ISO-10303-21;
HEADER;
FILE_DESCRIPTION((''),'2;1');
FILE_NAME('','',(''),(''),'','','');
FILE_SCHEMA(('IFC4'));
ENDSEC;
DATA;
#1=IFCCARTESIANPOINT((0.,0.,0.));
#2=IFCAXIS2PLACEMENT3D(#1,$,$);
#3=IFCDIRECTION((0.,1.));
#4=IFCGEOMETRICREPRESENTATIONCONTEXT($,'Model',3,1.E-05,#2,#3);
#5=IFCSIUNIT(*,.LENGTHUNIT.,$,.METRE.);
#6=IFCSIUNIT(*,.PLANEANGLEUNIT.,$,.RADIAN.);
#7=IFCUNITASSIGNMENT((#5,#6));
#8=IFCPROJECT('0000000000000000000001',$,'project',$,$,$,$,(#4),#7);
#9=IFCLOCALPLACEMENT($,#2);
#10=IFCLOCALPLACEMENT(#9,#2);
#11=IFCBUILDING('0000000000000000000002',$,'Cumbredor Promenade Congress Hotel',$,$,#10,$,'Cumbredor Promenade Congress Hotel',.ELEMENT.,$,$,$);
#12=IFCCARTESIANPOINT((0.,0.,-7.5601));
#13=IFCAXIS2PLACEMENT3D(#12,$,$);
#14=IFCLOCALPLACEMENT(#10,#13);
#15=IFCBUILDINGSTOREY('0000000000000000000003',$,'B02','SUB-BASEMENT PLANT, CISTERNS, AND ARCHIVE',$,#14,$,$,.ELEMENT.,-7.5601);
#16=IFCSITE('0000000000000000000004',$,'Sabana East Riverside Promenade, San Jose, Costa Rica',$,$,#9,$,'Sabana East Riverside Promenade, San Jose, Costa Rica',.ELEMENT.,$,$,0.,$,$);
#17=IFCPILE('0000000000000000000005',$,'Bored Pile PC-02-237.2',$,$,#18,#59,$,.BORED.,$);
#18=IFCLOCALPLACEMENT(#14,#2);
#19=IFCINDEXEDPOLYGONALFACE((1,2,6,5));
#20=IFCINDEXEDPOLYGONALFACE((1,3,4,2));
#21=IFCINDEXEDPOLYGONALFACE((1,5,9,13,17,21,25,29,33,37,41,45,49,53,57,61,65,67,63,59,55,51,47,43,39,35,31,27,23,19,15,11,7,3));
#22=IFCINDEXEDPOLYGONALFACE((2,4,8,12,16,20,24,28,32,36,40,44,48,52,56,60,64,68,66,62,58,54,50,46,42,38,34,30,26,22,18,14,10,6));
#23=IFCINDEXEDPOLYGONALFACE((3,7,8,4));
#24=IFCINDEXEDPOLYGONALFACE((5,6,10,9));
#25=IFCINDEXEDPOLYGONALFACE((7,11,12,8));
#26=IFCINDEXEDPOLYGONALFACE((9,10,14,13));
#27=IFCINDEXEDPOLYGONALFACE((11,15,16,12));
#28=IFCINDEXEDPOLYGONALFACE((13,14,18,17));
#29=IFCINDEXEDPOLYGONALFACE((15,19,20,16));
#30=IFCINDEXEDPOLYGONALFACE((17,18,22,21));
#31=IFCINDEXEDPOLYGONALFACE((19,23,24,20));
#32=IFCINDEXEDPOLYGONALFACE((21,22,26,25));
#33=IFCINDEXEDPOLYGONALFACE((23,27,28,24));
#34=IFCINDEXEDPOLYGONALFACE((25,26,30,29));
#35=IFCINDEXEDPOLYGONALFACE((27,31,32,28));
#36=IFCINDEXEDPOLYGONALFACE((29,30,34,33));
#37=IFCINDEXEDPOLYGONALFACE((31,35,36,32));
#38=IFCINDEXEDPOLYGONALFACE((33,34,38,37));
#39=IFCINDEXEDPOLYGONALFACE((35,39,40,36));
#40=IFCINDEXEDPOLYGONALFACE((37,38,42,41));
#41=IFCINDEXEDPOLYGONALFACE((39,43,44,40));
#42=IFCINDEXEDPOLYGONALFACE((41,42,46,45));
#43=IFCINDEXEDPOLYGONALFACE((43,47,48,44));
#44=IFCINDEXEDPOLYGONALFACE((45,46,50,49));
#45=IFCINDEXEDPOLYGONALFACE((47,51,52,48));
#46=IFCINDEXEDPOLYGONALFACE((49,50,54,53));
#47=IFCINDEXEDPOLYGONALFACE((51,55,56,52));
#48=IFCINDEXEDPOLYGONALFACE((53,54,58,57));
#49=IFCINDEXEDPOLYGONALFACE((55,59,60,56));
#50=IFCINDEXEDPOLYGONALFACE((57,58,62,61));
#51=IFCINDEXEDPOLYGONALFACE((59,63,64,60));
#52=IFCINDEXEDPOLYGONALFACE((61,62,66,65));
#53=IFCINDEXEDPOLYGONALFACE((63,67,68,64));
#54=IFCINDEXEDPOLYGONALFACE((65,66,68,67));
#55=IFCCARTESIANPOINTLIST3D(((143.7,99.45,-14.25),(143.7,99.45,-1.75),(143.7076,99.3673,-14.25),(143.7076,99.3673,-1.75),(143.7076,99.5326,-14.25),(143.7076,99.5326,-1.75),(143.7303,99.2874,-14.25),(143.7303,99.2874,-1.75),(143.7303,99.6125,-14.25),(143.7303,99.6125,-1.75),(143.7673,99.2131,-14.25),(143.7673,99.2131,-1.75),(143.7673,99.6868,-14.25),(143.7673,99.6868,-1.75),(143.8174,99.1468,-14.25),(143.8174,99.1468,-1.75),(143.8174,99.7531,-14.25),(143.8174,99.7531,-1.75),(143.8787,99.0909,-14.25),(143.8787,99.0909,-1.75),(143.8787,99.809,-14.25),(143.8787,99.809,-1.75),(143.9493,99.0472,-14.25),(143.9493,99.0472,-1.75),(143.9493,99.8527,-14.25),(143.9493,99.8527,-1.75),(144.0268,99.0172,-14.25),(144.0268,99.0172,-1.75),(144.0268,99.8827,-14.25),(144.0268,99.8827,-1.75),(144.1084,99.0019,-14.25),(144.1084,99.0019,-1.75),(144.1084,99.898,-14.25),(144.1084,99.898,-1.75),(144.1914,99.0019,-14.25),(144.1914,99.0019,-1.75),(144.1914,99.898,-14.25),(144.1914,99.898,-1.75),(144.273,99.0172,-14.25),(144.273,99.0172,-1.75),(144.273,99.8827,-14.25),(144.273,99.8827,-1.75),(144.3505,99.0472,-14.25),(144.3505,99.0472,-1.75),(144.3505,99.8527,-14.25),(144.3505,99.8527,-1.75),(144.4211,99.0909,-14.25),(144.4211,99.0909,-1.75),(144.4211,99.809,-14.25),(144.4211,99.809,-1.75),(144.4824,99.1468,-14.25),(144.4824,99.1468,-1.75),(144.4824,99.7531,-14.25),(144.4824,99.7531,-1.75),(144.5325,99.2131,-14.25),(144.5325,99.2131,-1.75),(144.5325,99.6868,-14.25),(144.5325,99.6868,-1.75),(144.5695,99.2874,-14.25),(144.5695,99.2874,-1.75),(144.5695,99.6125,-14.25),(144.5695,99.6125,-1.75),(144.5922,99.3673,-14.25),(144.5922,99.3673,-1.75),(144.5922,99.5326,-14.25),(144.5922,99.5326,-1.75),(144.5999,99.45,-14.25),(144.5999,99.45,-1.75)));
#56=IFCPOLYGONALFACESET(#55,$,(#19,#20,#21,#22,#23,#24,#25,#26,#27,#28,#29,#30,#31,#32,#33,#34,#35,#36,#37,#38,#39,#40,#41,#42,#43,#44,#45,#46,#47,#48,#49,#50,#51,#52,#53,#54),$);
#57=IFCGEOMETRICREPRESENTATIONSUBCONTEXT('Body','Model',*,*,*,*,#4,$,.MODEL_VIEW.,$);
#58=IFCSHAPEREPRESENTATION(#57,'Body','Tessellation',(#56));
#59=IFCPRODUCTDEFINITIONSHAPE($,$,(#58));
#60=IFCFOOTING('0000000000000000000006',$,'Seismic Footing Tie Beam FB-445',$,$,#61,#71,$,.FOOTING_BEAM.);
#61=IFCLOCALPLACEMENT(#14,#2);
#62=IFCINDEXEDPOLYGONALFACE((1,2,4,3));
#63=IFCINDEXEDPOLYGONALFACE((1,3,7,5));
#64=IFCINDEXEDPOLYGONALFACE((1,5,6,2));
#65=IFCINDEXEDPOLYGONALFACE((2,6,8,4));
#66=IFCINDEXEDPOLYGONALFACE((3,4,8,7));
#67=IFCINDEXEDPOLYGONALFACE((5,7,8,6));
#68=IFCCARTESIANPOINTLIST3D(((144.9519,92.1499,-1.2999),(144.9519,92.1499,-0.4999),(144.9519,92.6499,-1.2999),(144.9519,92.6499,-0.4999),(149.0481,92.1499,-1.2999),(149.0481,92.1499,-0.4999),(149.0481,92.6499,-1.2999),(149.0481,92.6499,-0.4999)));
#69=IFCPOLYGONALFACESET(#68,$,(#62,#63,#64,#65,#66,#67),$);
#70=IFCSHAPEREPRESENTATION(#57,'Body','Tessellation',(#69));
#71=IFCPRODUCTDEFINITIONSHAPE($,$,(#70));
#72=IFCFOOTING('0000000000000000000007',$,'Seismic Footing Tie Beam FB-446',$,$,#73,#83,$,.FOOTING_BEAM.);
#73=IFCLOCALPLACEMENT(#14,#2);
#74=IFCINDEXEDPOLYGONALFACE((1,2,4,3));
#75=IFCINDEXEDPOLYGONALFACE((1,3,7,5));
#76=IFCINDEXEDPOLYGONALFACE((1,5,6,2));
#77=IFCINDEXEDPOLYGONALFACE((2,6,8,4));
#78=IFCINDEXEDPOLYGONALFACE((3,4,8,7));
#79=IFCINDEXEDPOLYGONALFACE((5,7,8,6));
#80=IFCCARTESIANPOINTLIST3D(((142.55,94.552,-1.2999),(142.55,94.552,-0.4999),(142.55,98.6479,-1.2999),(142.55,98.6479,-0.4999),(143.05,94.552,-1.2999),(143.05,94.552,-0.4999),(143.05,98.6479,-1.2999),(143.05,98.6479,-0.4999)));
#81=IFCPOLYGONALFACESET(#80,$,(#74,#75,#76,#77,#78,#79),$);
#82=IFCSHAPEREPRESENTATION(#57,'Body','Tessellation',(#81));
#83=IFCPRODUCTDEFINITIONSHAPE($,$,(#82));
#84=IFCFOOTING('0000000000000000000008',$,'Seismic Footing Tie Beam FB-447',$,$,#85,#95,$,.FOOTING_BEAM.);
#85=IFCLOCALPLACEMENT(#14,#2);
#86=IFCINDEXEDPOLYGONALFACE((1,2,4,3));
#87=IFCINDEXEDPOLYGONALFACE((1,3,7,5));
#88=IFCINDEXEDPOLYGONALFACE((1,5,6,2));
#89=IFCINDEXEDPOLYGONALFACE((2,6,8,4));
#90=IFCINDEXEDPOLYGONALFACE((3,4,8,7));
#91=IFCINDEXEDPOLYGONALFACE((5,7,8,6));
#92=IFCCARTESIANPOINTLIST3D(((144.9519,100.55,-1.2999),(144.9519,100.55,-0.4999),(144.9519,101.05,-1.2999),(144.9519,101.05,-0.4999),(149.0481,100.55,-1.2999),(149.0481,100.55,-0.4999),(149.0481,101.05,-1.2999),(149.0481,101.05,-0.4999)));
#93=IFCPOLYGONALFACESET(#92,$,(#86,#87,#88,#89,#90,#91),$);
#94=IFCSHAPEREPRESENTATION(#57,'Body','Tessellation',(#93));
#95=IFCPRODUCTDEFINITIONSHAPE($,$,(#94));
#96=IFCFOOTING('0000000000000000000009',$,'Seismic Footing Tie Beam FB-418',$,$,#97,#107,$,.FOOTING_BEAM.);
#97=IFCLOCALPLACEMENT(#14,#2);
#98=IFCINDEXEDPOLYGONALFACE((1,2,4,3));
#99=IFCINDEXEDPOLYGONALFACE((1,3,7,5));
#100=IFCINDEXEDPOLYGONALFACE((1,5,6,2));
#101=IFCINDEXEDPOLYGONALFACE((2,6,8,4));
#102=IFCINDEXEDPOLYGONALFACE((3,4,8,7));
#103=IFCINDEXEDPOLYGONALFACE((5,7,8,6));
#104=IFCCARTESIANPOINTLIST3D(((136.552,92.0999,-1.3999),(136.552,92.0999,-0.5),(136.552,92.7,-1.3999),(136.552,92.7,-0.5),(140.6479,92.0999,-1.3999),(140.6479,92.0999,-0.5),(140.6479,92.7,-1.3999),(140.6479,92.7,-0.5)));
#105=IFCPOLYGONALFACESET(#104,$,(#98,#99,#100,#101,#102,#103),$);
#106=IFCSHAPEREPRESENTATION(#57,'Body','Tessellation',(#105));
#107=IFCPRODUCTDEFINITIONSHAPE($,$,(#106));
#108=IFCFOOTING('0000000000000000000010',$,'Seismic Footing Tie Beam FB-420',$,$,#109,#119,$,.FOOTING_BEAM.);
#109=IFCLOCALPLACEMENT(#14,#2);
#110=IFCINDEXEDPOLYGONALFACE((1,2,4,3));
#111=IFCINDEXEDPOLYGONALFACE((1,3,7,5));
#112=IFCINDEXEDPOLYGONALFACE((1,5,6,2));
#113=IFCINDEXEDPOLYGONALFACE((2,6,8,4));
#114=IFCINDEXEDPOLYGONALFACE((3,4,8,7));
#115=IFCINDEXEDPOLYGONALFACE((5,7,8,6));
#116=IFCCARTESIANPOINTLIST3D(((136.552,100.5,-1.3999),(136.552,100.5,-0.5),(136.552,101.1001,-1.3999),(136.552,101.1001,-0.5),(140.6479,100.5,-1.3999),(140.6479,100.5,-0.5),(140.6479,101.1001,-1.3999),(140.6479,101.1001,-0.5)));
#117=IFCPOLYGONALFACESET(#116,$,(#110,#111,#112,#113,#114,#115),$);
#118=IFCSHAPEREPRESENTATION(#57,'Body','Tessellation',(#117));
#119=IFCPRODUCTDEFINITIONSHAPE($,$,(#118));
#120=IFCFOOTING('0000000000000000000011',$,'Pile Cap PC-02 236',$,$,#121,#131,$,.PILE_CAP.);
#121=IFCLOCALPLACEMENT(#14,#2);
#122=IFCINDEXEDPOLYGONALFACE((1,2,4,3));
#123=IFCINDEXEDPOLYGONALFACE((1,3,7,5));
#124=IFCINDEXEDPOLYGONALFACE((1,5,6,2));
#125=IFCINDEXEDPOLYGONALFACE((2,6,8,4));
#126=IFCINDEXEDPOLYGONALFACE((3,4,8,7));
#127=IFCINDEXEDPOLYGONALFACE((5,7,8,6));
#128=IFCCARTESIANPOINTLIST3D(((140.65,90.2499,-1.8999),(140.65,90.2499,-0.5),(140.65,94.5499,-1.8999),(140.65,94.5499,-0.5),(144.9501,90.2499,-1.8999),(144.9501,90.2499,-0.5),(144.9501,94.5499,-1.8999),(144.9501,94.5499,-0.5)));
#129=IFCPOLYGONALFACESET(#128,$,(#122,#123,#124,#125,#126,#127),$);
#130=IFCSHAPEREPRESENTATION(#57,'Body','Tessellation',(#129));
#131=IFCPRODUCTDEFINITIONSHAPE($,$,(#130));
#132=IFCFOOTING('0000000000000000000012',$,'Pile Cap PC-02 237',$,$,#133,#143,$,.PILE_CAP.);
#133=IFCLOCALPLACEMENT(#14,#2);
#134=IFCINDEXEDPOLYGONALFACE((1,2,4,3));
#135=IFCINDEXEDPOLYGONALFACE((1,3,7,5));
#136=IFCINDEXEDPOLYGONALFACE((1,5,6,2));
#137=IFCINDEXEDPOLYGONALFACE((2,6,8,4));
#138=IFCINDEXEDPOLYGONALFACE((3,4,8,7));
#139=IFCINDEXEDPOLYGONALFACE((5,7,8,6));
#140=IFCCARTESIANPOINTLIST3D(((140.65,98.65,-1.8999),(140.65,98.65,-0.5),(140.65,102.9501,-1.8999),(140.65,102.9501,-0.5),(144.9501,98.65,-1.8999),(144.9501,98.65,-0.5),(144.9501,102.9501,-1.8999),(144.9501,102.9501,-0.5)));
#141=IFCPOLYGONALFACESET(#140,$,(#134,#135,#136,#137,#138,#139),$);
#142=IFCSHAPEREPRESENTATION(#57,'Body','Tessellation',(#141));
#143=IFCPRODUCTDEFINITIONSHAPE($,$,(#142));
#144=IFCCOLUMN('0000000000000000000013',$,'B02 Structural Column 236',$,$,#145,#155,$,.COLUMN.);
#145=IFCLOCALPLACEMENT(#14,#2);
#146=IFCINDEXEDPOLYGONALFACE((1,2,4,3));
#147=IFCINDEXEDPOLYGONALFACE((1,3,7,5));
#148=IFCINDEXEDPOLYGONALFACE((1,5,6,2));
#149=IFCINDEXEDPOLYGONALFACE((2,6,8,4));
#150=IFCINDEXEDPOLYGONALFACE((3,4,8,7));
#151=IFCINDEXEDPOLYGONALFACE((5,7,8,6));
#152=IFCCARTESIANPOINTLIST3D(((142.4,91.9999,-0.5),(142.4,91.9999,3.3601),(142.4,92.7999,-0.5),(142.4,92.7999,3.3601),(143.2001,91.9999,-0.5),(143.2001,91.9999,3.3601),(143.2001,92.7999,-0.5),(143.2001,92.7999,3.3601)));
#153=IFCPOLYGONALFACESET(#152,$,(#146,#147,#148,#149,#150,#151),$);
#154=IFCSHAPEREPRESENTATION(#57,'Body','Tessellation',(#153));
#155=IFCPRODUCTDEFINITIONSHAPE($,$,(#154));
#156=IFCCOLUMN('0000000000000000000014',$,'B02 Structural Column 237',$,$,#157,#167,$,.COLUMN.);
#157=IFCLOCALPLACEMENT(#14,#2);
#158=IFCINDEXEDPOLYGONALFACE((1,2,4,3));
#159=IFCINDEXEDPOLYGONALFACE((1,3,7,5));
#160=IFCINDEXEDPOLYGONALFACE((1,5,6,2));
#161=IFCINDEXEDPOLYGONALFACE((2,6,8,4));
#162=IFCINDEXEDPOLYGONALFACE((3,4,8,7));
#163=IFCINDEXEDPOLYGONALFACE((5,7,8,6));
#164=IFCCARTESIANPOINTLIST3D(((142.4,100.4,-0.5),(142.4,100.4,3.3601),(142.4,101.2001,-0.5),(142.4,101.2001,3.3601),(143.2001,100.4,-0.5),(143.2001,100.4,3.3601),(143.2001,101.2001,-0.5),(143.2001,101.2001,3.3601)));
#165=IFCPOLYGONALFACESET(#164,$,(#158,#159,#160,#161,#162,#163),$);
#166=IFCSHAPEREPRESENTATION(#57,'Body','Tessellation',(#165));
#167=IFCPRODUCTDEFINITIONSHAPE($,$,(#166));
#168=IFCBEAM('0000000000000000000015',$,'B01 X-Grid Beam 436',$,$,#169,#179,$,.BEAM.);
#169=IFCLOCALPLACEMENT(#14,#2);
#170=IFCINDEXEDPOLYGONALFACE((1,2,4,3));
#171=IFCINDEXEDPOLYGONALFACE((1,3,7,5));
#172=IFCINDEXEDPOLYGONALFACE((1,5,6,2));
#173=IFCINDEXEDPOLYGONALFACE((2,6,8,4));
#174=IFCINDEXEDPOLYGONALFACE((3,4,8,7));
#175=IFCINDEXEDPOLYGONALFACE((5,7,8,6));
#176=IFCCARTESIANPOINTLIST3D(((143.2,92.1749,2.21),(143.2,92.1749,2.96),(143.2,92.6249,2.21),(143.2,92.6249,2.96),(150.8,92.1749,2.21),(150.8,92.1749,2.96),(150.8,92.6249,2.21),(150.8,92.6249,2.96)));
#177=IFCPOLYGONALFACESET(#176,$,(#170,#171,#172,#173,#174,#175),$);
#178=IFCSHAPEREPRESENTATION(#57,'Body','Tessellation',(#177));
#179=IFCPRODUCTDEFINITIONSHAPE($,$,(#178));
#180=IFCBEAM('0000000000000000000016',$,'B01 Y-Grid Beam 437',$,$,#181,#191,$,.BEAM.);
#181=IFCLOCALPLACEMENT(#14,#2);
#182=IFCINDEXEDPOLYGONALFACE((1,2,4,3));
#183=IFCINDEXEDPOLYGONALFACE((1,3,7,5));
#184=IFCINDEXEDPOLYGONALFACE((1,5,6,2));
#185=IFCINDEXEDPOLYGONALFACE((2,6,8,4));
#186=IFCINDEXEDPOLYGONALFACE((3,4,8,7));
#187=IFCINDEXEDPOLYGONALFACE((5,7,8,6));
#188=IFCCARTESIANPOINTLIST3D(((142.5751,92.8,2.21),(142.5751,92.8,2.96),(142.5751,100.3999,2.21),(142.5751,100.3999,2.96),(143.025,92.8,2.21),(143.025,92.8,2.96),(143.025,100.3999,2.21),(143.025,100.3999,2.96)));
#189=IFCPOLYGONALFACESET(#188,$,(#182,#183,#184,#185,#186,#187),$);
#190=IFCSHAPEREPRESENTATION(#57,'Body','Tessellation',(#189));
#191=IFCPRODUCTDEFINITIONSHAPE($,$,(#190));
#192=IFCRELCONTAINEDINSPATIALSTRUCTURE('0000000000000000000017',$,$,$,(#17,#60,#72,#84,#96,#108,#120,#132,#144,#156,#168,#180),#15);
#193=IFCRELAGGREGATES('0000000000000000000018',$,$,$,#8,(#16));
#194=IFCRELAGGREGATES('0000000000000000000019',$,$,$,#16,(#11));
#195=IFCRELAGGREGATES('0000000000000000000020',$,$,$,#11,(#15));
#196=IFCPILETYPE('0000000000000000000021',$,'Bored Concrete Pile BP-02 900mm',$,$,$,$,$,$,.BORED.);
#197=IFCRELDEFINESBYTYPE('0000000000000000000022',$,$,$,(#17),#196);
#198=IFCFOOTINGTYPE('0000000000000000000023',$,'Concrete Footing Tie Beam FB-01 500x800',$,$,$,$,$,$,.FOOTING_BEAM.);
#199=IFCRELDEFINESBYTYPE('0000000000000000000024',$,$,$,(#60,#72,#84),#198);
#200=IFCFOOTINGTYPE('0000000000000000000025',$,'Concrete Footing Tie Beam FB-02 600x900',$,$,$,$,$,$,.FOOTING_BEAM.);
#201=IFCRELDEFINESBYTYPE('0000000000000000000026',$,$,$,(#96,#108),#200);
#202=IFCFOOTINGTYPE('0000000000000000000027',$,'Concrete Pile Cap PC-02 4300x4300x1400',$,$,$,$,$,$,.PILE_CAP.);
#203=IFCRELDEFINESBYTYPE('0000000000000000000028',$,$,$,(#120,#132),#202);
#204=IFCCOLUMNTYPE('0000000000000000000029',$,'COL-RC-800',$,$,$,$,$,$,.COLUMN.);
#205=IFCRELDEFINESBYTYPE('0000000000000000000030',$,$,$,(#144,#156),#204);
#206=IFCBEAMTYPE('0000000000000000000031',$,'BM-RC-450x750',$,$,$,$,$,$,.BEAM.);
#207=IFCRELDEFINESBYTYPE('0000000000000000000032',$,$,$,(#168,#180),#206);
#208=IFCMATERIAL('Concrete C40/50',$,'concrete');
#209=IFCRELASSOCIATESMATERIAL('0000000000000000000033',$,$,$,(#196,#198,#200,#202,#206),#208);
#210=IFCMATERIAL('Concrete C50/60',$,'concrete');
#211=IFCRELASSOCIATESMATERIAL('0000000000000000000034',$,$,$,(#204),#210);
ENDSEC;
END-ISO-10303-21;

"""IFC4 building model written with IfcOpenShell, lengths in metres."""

from ifc_helpers import new_model, si_unit, direction, frame, origin, origin_2d, place, context, subcontext, project, spatial, rectangle, circle, extrude, material, material_profile, profile_set, type_object, element, save


model = new_model("IFC4")

# Units and contexts
model_context = context("Model", 3, precision=1e-05, world=origin(), true_north=direction((0.0, 1.0)))
body_context = subcontext(model_context, "Body", "Model", "MODEL_VIEW")
ifc_project = project(units=[si_unit("LENGTHUNIT", "METRE"), si_unit("PLANEANGLEUNIT", "RADIAN")], contexts=[model_context])

# Site, building, storey
site_placement = place(None, origin())
site = spatial("IfcSite", under=ifc_project, at=site_placement, Name="Sabana East Riverside Promenade, San Jose, Costa Rica", LongName="Sabana East Riverside Promenade, San Jose, Costa Rica", CompositionType="ELEMENT", RefElevation=0.0)
building_placement = place(site_placement, origin())
building = spatial("IfcBuilding", under=site, at=building_placement, Name="Cumbredor Promenade Congress Hotel", LongName="Cumbredor Promenade Congress Hotel", CompositionType="ELEMENT")
storey_placement = place(building_placement, frame((0.0, 0.0, -7.5601)))
storey = spatial("IfcBuildingStorey", under=building, at=storey_placement, Name="B02", Description="SUB-BASEMENT PLANT, CISTERNS, AND ARCHIVE", CompositionType="ELEMENT", Elevation=-7.5601)

# Pile
ifc_material_1 = material(Name="Concrete C40/50", Category="concrete")
ifc_material_profile_1 = material_profile(ifc_material_1, circle(Radius=0.45, at=origin_2d()), Name="PILE D900")
ifc_profile_set_1 = profile_set([ifc_material_profile_1], Name="Concrete C40/50")
pile_type = type_object("IfcPileType", Name="Bored Concrete Pile BP-02 900mm", PredefinedType="BORED", material=ifc_profile_set_1)
for number, where, z_axis, x_axis, name in (
    (1, (144.1499, 99.45, -1.75), (0.0, 0.0, -1.0), (1.0, 0.0, 0.0), "Bored Pile PC-02-237.2"),
):
    element("IfcPile", number, at=place(storey_placement, frame(where, z_axis=z_axis, x_axis=x_axis)), inside=storey, type_object=pile_type, Name=name, PredefinedType="BORED", context=body_context, shape_type="SweptSolid", body=[
        extrude(circle(Radius=0.45, at=origin_2d()), origin(), (0.0, 0.0, 1.0), 12.5),
    ])

# Footings
ifc_material_profile_2 = material_profile(ifc_material_1, rectangle(XDim=0.5, YDim=0.8, at=origin_2d()), Name="FB 500x800")
ifc_profile_set_2 = profile_set([ifc_material_profile_2], Name="Concrete C40/50")
footing_type_1 = type_object("IfcFootingType", Name="Concrete Footing Tie Beam FB-01 500x800", PredefinedType="FOOTING_BEAM", material=ifc_profile_set_2)
footing_1_placement = place(storey_placement, frame((144.9519, 92.3999, -0.8999), z_axis=(1.0, 0.0, 0.0), x_axis=(0.0, 1.0, 0.0)))
element("IfcFooting", 2, at=footing_1_placement, inside=storey, type_object=footing_type_1, Name="Seismic Footing Tie Beam FB-445", PredefinedType="FOOTING_BEAM", context=body_context, shape_type="SweptSolid", body=[
    extrude(rectangle(XDim=0.5, YDim=0.8, at=origin_2d()), origin(), (0.0, 0.0, 1.0), 4.0962),
])
footing_2_placement = place(storey_placement, frame((142.8, 94.552, -0.8999), z_axis=(0.0, 1.0, 0.0), x_axis=(-1.0, 0.0, 0.0)))
element("IfcFooting", 3, at=footing_2_placement, inside=storey, type_object=footing_type_1, Name="Seismic Footing Tie Beam FB-446", PredefinedType="FOOTING_BEAM", context=body_context, shape_type="SweptSolid", body=[
    extrude(rectangle(XDim=0.5, YDim=0.8, at=origin_2d()), origin(), (0.0, 0.0, 1.0), 4.0959),
])
footing_3_placement = place(storey_placement, frame((144.9519, 100.8, -0.8999), z_axis=(1.0, 0.0, 0.0), x_axis=(0.0, 1.0, 0.0)))
element("IfcFooting", 4, at=footing_3_placement, inside=storey, type_object=footing_type_1, Name="Seismic Footing Tie Beam FB-447", PredefinedType="FOOTING_BEAM", context=body_context, shape_type="SweptSolid", body=[
    extrude(rectangle(XDim=0.5, YDim=0.8, at=origin_2d()), origin(), (0.0, 0.0, 1.0), 4.0962),
])
ifc_material_profile_3 = material_profile(ifc_material_1, rectangle(XDim=0.6001, YDim=0.8999, at=origin_2d()), Name="FB 600x900")
ifc_profile_set_3 = profile_set([ifc_material_profile_3], Name="Concrete C40/50")
footing_type_2 = type_object("IfcFootingType", Name="Concrete Footing Tie Beam FB-02 600x900", PredefinedType="FOOTING_BEAM", material=ifc_profile_set_3)
for number, where, z_axis, x_axis, name in (
    (5, (136.552, 92.3999, -0.95), (1.0, 0.0, 0.0), (0.0, 1.0, 0.0), "Seismic Footing Tie Beam FB-418"),
    (6, (136.552, 100.8, -0.95), (1.0, 0.0, 0.0), (0.0, 1.0, 0.0), "Seismic Footing Tie Beam FB-420"),
):
    element("IfcFooting", number, at=place(storey_placement, frame(where, z_axis=z_axis, x_axis=x_axis)), inside=storey, type_object=footing_type_2, Name=name, PredefinedType="FOOTING_BEAM", context=body_context, shape_type="SweptSolid", body=[
        extrude(rectangle(XDim=0.6001, YDim=0.8999, at=origin_2d()), origin(), (0.0, 0.0, 1.0), 4.0959),
    ])
footing_type_3 = type_object("IfcFootingType", Name="Concrete Pile Cap PC-02 4300x4300x1400", PredefinedType="PILE_CAP", material=ifc_material_1)
for number, where, z_axis, x_axis, name in (
    (7, (142.8, 92.3999, -1.8999), (0.0, 0.0, 1.0), (1.0, 0.0, 0.0), "Pile Cap PC-02 236"),
    (8, (142.8, 100.8, -1.8999), (0.0, 0.0, 1.0), (1.0, 0.0, 0.0), "Pile Cap PC-02 237"),
):
    element("IfcFooting", number, at=place(storey_placement, frame(where, z_axis=z_axis, x_axis=x_axis)), inside=storey, type_object=footing_type_3, Name=name, PredefinedType="PILE_CAP", context=body_context, shape_type="SweptSolid", body=[
        extrude(rectangle(XDim=4.3, YDim=4.3, at=origin_2d()), origin(), (0.0, 0.0, 1.0), 1.3999),
    ])

# Columns
ifc_material_2 = material(Name="Concrete C50/60", Category="concrete")
ifc_material_profile_4 = material_profile(ifc_material_2, rectangle(XDim=0.8, YDim=0.8, at=origin_2d()), Name="RC 800x800")
ifc_profile_set_4 = profile_set([ifc_material_profile_4], Name="Concrete C50/60")
column_type = type_object("IfcColumnType", Name="COL-RC-800", PredefinedType="COLUMN", material=ifc_profile_set_4)
for number, where, z_axis, x_axis, name in (
    (9, (142.8, 92.3999, -0.5), (0.0, 0.0, 1.0), (1.0, 0.0, 0.0), "B02 Structural Column 236"),
    (10, (142.8, 100.8, -0.5), (0.0, 0.0, 1.0), (1.0, 0.0, 0.0), "B02 Structural Column 237"),
):
    element("IfcColumn", number, at=place(storey_placement, frame(where, z_axis=z_axis, x_axis=x_axis)), inside=storey, type_object=column_type, Name=name, PredefinedType="COLUMN", context=body_context, shape_type="SweptSolid", body=[
        extrude(rectangle(XDim=0.8, YDim=0.8, at=origin_2d()), origin(), (0.0, 0.0, 1.0), 3.8601),
    ])

# Beams
ifc_material_profile_5 = material_profile(ifc_material_1, rectangle(XDim=0.45, YDim=0.75, at=origin_2d()), Name="RC BEAM 450x750")
ifc_profile_set_5 = profile_set([ifc_material_profile_5], Name="Concrete C40/50")
beam_type_1 = type_object("IfcBeamType", Name="BM-RC-450x750", PredefinedType="BEAM", material=ifc_profile_set_5)
beam_1_placement = place(storey_placement, frame((143.2, 92.3999, 2.585), z_axis=(1.0, 0.0, 0.0), x_axis=(0.0, 1.0, 0.0)))
element("IfcBeam", 11, at=beam_1_placement, inside=storey, type_object=beam_type_1, Name="B01 X-Grid Beam 436", PredefinedType="BEAM", context=body_context, shape_type="SweptSolid", body=[
    extrude(rectangle(XDim=0.45, YDim=0.75, at=origin_2d()), origin(), (0.0, 0.0, 1.0), 7.6001),
])
beam_2_placement = place(storey_placement, frame((142.8, 92.8, 2.585), z_axis=(0.0, 1.0, 0.0), x_axis=(-1.0, 0.0, 0.0)))
element("IfcBeam", 12, at=beam_2_placement, inside=storey, type_object=beam_type_1, Name="B01 Y-Grid Beam 437", PredefinedType="BEAM", context=body_context, shape_type="SweptSolid", body=[
    extrude(rectangle(XDim=0.45, YDim=0.75, at=origin_2d()), origin(), (0.0, 0.0, 1.0), 7.5999),
])

save(model, "model.ifc")
